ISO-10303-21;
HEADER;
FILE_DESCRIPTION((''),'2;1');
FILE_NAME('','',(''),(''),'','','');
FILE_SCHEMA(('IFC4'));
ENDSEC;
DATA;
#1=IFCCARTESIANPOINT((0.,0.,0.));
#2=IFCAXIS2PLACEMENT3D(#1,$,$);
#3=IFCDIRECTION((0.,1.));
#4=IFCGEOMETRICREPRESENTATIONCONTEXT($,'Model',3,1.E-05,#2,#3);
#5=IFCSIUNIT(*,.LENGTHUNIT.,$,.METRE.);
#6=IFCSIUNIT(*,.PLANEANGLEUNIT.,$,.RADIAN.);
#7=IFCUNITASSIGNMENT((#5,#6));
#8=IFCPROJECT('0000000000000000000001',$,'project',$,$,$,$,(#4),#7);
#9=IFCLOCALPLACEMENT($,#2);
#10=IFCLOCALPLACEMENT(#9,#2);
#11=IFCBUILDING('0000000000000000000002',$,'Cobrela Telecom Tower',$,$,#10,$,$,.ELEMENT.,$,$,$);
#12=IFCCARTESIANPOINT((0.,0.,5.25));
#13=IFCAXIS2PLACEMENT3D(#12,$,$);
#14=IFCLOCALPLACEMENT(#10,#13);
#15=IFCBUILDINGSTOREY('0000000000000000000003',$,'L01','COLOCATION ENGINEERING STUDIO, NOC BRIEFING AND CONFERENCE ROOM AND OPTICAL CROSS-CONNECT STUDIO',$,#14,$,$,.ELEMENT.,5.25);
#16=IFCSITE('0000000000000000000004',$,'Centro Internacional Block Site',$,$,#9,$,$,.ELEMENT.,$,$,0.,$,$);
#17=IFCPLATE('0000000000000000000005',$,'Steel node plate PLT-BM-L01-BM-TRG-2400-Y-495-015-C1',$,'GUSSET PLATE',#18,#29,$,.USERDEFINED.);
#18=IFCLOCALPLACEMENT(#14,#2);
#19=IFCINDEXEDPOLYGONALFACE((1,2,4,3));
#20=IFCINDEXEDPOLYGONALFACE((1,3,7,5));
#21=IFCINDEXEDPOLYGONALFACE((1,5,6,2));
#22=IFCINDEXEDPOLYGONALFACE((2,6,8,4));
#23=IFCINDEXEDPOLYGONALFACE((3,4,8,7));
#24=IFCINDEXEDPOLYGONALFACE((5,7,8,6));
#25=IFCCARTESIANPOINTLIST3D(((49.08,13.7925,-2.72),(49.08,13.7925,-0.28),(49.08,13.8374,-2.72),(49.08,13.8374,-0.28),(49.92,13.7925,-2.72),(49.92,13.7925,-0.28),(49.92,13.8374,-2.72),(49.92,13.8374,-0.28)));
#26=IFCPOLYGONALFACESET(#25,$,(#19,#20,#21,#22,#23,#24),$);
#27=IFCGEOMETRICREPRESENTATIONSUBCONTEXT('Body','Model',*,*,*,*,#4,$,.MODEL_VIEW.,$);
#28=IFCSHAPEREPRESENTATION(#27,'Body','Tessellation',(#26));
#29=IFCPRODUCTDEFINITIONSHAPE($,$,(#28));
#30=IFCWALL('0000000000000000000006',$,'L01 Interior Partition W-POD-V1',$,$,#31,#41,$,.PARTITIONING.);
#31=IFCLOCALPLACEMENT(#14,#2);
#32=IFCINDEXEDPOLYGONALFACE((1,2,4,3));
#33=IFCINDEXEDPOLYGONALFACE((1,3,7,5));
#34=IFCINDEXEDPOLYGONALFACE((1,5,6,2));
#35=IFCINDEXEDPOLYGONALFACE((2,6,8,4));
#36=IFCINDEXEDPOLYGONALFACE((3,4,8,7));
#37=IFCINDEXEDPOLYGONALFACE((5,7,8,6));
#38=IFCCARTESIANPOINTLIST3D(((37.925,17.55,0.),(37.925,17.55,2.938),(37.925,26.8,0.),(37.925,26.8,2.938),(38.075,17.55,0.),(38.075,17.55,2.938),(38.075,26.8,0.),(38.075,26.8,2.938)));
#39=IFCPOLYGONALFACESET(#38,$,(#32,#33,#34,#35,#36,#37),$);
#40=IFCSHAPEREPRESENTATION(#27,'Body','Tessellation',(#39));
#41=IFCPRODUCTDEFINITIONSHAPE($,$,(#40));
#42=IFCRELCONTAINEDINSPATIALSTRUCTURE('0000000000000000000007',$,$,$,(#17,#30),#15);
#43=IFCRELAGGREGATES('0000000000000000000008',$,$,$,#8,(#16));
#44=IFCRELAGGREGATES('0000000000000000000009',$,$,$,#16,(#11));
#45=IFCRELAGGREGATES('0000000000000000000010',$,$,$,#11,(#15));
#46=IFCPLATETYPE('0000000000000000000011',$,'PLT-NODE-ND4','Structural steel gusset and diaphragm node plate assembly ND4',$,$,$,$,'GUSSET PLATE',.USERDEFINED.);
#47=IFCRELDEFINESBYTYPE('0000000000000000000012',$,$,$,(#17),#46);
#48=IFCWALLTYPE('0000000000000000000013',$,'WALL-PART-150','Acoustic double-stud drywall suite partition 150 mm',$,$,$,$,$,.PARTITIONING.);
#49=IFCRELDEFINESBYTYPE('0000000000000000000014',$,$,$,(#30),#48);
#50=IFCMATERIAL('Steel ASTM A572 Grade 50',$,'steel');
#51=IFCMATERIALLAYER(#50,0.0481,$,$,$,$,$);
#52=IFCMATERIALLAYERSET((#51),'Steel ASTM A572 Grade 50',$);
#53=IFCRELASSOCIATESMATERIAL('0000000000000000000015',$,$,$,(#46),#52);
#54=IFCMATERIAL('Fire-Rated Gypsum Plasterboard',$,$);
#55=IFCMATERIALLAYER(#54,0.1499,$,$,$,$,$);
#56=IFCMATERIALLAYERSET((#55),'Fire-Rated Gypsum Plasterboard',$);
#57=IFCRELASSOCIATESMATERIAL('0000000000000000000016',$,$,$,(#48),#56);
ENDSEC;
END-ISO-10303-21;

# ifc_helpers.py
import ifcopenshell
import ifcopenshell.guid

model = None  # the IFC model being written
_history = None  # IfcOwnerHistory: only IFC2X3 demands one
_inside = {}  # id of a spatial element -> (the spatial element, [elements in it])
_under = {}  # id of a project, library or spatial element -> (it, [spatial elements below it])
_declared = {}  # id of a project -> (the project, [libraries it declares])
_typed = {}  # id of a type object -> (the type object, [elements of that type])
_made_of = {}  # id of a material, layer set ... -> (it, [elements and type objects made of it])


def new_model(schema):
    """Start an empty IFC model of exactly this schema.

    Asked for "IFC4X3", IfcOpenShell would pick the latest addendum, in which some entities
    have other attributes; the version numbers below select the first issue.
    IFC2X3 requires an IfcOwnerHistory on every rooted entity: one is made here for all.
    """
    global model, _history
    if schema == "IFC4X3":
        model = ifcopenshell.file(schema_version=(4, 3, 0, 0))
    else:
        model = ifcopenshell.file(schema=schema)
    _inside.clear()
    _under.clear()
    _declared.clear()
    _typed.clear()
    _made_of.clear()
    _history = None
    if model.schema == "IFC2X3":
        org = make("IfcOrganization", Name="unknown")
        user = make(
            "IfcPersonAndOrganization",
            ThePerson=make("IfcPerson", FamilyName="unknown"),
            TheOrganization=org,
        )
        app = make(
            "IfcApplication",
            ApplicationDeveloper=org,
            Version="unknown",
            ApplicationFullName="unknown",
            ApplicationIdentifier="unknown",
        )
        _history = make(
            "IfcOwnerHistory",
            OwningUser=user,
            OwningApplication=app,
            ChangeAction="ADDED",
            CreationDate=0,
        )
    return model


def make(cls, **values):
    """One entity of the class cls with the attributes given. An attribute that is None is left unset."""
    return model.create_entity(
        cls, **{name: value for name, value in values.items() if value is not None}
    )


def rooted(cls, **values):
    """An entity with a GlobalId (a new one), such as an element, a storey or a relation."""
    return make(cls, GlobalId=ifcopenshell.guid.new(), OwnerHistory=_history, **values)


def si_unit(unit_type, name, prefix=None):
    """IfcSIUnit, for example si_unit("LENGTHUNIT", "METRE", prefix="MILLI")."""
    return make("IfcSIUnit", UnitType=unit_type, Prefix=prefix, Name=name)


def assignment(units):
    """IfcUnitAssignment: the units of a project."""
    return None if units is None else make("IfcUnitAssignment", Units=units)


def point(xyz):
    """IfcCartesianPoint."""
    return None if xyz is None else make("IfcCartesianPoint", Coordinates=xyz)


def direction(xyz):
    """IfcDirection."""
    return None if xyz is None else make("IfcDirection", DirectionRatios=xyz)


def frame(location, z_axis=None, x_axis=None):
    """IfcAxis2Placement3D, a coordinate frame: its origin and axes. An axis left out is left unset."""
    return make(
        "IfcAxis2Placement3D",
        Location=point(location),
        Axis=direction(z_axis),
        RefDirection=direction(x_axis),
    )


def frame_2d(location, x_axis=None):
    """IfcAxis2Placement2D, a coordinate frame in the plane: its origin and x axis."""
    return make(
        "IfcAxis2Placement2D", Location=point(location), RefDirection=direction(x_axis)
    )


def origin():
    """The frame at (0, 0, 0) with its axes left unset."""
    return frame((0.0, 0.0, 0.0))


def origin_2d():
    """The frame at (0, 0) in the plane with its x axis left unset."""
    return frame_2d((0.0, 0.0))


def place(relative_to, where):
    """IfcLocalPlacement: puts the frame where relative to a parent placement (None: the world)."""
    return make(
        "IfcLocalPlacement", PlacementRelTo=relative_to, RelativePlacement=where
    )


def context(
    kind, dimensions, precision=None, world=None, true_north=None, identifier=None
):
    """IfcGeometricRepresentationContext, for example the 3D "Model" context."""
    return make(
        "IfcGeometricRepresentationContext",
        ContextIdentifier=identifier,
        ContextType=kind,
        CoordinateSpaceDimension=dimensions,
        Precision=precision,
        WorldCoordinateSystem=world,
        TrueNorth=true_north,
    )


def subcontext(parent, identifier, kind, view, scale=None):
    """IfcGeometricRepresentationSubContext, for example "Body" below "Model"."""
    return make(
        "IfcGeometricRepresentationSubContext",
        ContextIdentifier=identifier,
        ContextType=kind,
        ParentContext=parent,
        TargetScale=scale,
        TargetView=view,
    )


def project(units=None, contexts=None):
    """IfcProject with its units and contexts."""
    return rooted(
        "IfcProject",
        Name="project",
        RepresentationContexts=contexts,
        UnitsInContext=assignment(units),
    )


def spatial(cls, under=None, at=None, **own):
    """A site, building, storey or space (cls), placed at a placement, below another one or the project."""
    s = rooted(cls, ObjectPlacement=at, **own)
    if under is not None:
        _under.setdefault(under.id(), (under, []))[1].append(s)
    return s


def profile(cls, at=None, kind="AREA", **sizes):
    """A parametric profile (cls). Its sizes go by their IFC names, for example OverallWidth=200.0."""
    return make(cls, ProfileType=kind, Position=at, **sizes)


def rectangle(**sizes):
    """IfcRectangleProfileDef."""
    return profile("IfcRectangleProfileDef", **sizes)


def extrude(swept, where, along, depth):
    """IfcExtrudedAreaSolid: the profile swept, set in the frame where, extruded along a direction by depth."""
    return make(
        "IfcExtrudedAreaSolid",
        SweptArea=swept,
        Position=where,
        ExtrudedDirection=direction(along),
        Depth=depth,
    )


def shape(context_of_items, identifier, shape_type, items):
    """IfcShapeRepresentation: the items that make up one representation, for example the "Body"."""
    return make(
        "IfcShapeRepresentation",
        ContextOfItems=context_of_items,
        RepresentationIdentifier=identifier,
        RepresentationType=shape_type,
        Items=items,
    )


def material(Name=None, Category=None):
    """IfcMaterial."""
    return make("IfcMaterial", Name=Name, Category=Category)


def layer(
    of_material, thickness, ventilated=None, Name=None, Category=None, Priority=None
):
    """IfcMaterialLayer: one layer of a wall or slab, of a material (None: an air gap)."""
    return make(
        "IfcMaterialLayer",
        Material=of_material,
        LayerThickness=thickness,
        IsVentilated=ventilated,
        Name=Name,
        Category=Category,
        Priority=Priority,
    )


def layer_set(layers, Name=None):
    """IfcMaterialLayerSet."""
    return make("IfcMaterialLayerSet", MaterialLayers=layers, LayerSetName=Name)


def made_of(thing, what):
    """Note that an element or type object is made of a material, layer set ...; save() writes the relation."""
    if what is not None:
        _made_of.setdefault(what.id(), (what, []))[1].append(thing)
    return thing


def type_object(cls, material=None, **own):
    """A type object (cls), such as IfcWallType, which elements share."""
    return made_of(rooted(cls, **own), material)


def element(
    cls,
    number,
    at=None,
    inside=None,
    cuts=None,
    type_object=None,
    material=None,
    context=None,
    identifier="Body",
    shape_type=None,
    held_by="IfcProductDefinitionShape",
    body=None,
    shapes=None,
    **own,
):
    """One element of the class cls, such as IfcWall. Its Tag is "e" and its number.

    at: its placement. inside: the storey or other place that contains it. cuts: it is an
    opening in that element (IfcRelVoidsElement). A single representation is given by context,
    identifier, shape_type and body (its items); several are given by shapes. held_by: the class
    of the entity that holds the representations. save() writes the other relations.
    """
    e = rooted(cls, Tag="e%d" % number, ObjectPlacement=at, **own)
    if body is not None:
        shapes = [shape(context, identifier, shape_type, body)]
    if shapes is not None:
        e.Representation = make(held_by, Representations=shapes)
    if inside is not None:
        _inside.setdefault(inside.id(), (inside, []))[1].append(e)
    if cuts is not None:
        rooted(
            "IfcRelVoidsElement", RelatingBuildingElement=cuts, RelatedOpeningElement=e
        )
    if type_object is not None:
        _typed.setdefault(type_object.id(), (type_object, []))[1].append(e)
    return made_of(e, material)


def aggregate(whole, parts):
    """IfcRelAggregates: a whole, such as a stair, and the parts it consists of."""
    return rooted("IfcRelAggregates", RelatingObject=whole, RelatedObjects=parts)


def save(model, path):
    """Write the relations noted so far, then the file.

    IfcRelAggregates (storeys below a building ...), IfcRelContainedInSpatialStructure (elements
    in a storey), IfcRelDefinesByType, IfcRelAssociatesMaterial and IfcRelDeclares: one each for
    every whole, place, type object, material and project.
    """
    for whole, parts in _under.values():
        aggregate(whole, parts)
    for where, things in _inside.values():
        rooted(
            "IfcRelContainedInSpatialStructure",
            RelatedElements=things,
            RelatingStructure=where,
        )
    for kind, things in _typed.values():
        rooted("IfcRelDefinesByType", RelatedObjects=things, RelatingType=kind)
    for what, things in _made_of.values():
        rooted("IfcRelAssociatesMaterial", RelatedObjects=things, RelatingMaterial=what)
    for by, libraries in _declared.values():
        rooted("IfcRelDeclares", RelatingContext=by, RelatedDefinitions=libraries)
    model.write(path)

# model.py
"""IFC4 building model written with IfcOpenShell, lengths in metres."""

from ifc_helpers import new_model, si_unit, direction, frame, frame_2d, origin, origin_2d, place, context, subcontext, project, spatial, rectangle, extrude, material, layer, layer_set, type_object, element, save


model = new_model("IFC4")

# Units and contexts
model_context = context("Model", 3, precision=1e-05, world=origin(), true_north=direction((0.0, 1.0)))
body_context = subcontext(model_context, "Body", "Model", "MODEL_VIEW")
ifc_project = project(units=[si_unit("LENGTHUNIT", "METRE"), si_unit("PLANEANGLEUNIT", "RADIAN")], contexts=[model_context])

# Site, building, storey
site_placement = place(None, origin())
site = spatial("IfcSite", under=ifc_project, at=site_placement, Name="Centro Internacional Block Site", CompositionType="ELEMENT", RefElevation=0.0)
building_placement = place(site_placement, origin())
building = spatial("IfcBuilding", under=site, at=building_placement, Name="Cobrela Telecom Tower", CompositionType="ELEMENT")
storey_placement = place(building_placement, frame((0.0, 0.0, 5.25)))
storey = spatial("IfcBuildingStorey", under=building, at=storey_placement, Name="L01", Description="COLOCATION ENGINEERING STUDIO, NOC BRIEFING AND CONFERENCE ROOM AND OPTICAL CROSS-CONNECT STUDIO", CompositionType="ELEMENT", Elevation=5.25)

# Shared definitions
ifc_material_1 = material(Name="Steel ASTM A572 Grade 50", Category="steel")

# Plate
ifc_layer_1 = layer(ifc_material_1, 0.0481)
ifc_layer_set_1 = layer_set([ifc_layer_1], Name="Steel ASTM A572 Grade 50")
plate_type = type_object("IfcPlateType", Name="PLT-NODE-ND4", Description="Structural steel gusset and diaphragm node plate assembly ND4", ElementType="GUSSET PLATE", PredefinedType="USERDEFINED", material=ifc_layer_set_1)
for number, where, z_axis, x_axis, name in (
    (1, (49.5, 13.8149, -2.72), (0.0, 0.0, 1.0), (0.0, 1.0, 0.0), "Steel node plate PLT-BM-L01-BM-TRG-2400-Y-495-015-C1"),
):
    element("IfcPlate", number, at=place(storey_placement, frame(where, z_axis=z_axis, x_axis=x_axis)), inside=storey, type_object=plate_type, Name=name, ObjectType="GUSSET PLATE", PredefinedType="USERDEFINED", context=body_context, shape_type="SweptSolid", body=[
        extrude(rectangle(XDim=0.0449, YDim=0.8401, at=origin_2d()), origin(), (0.0, 0.0, 1.0), 2.4399),
    ])

# Wall
ifc_material_2 = material(Name="Fire-Rated Gypsum Plasterboard")
ifc_layer_2 = layer(ifc_material_2, 0.1499)
ifc_layer_set_2 = layer_set([ifc_layer_2], Name="Fire-Rated Gypsum Plasterboard")
wall_type = type_object("IfcWallType", Name="WALL-PART-150", Description="Acoustic double-stud drywall suite partition 150 mm", PredefinedType="PARTITIONING", material=ifc_layer_set_2)
wall_placement = place(storey_placement, frame((38.0, 17.55, 0.0), z_axis=(0.0, 0.0, 1.0), x_axis=(0.0, 1.0, 0.0)))
element("IfcWall", 2, at=wall_placement, inside=storey, type_object=wall_type, Name="L01 Interior Partition W-POD-V1", PredefinedType="PARTITIONING", context=body_context, shape_type="SweptSolid", body=[
    extrude(rectangle(XDim=9.25, YDim=0.1499, at=frame_2d((4.625, 0.0))), origin(), (0.0, 0.0, 1.0), 2.938),
])

save(model, "model.ifc")
